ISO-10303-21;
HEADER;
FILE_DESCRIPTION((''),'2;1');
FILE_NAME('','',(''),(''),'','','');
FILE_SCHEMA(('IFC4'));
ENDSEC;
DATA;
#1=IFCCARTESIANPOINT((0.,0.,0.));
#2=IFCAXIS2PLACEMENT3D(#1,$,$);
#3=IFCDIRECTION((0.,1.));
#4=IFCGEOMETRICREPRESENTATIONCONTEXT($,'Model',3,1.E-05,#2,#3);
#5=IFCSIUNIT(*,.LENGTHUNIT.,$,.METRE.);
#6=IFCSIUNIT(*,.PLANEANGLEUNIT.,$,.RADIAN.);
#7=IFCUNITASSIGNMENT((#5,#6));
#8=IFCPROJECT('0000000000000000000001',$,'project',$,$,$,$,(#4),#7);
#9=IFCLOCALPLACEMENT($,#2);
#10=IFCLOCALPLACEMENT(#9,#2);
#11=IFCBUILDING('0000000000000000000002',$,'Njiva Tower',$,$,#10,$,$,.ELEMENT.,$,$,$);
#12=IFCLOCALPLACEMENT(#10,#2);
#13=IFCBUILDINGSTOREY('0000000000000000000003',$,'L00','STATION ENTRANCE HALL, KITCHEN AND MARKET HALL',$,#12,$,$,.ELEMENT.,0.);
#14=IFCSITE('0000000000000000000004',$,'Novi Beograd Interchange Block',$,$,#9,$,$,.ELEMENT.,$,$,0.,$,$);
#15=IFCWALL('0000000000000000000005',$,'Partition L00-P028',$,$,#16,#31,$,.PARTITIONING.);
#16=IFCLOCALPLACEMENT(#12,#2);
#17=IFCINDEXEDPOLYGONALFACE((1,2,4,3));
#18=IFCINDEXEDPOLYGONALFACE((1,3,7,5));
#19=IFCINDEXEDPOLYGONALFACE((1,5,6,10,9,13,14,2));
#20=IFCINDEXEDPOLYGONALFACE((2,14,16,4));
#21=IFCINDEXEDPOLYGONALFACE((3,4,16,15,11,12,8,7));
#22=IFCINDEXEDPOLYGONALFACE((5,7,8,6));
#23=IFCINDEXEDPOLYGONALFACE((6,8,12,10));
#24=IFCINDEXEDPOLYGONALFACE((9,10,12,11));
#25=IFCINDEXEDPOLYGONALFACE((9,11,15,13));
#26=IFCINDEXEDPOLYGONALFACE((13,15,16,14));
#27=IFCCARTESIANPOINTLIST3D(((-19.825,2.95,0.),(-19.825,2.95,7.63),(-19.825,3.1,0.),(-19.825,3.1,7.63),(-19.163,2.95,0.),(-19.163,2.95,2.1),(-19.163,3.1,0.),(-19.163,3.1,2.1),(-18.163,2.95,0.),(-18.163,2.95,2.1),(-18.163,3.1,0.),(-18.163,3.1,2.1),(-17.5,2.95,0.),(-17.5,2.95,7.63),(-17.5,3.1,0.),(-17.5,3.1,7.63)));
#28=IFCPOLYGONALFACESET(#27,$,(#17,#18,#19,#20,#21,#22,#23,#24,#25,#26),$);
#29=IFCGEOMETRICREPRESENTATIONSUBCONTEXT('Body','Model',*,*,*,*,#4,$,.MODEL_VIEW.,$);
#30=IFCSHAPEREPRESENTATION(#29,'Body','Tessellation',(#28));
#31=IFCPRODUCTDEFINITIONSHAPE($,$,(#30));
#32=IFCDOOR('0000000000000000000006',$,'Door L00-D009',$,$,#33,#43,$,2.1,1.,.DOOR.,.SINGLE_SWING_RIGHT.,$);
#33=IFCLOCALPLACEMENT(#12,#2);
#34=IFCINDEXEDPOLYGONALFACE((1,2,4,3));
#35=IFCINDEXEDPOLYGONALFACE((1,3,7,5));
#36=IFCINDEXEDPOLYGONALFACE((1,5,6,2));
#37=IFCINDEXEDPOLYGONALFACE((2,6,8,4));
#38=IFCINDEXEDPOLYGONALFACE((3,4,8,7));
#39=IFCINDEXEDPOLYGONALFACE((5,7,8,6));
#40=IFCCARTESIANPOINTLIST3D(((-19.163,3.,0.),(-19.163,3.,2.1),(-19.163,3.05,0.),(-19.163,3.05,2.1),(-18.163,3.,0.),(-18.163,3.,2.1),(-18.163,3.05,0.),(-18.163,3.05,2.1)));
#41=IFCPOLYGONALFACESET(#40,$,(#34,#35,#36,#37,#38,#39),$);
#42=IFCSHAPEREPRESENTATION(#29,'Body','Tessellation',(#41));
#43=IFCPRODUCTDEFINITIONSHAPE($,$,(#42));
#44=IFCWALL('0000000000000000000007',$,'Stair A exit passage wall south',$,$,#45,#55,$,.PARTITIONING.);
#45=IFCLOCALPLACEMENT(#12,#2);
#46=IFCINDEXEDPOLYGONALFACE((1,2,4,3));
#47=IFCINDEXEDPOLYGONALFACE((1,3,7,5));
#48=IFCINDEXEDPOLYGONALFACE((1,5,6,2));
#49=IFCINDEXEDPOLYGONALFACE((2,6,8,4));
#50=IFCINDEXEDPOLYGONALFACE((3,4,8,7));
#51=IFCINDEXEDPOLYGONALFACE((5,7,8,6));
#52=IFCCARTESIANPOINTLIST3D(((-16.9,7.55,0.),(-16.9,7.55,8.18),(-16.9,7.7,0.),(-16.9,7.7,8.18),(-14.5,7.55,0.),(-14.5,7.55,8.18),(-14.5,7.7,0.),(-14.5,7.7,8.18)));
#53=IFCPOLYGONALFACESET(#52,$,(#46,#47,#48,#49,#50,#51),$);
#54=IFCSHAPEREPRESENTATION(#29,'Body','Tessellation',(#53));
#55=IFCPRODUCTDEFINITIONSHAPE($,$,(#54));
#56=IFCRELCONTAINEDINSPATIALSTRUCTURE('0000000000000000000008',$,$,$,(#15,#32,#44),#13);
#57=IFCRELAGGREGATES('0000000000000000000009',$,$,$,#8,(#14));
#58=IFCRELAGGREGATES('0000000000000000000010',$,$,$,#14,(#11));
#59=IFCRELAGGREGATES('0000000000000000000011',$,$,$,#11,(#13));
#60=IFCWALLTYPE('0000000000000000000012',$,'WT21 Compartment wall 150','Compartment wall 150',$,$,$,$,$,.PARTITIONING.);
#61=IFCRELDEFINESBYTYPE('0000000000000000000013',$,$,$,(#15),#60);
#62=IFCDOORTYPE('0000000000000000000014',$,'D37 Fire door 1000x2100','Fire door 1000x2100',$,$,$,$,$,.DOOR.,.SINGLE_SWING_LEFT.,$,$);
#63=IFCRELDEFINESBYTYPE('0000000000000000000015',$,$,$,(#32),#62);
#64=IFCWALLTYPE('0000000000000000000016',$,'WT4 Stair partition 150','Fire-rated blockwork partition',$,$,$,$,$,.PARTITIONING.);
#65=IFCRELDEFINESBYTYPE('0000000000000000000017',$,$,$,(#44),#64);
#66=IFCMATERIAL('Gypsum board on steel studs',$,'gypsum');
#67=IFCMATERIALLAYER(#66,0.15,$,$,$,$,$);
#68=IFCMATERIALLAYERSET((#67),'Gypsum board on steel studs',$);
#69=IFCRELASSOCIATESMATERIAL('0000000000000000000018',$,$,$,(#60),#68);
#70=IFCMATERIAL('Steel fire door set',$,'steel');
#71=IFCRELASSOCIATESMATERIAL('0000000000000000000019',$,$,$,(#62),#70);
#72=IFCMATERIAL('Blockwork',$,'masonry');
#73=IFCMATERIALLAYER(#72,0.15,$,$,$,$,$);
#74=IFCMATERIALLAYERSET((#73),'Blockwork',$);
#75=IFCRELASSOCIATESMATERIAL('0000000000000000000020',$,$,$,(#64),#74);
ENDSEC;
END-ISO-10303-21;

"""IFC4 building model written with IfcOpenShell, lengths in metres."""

from ifc_helpers import new_model, si_unit, direction, frame, frame_2d, origin, place, context, subcontext, project, spatial, rectangle, extrude, material, layer, layer_set, type_object, element, fill, save


model = new_model("IFC4")

# Units and contexts
model_context = context("Model", 3, precision=1e-05, world=origin(), true_north=direction((0.0, 1.0)))
body_context = subcontext(model_context, "Body", "Model", "MODEL_VIEW")
ifc_project = project(units=[si_unit("LENGTHUNIT", "METRE"), si_unit("PLANEANGLEUNIT", "RADIAN")], contexts=[model_context])

# Site, building, storey
site_placement = place(None, origin())
site = spatial("IfcSite", under=ifc_project, at=site_placement, Name="Novi Beograd Interchange Block", CompositionType="ELEMENT", RefElevation=0.0)
building_placement = place(site_placement, origin())
building = spatial("IfcBuilding", under=site, at=building_placement, Name="Njiva Tower", CompositionType="ELEMENT")
storey_placement = place(building_placement, origin())
storey = spatial("IfcBuildingStorey", under=building, at=storey_placement, Name="L00", Description="STATION ENTRANCE HALL, KITCHEN AND MARKET HALL", CompositionType="ELEMENT", Elevation=0.0)

# Shared definitions
ifc_material_1 = material(Name="Blockwork", Category="masonry")

# Wall, opening, door
ifc_material_2 = material(Name="Gypsum board on steel studs", Category="gypsum")
ifc_layer_1 = layer(ifc_material_2, 0.15)
ifc_layer_set_1 = layer_set([ifc_layer_1], Name="Gypsum board on steel studs")
wall_type_1 = type_object("IfcWallType", Name="WT21 Compartment wall 150", Description="Compartment wall 150", PredefinedType="PARTITIONING", material=ifc_layer_set_1)
ifc_material_3 = material(Name="Steel fire door set", Category="steel")
door_type_1 = type_object("IfcDoorType", Name="D37 Fire door 1000x2100", Description="Fire door 1000x2100", OperationType="SINGLE_SWING_LEFT", PredefinedType="DOOR", material=ifc_material_3)
wall_1_placement = place(storey_placement, frame((-19.825, 3.025, 0.0), z_axis=(0.0, 0.0, 1.0), x_axis=(1.0, 0.0, 0.0)))
wall_1 = element("IfcWall", 1, at=wall_1_placement, inside=storey, type_object=wall_type_1, Name="Partition L00-P028", PredefinedType="PARTITIONING", context=body_context, shape_type="SweptSolid", body=[
    extrude(rectangle(XDim=2.325, YDim=0.15, at=frame_2d((1.1625, 0.0))), origin(), (0.0, 0.0, 1.0), 7.63),
])
opening_1_placement = place(wall_1_placement, frame((0.662, 0.0, 0.0)))
opening_1 = element("IfcOpeningElement", 2, at=opening_1_placement, cuts=wall_1, PredefinedType="OPENING", context=body_context, shape_type="SweptSolid", body=[
    extrude(rectangle(XDim=1.0, YDim=2.1, at=frame_2d((0.5, 1.05))), frame((0.0, 0.085, 0.0), z_axis=(0.0, -1.0, 0.0), x_axis=(1.0, 0.0, 0.0)), (0.0, 0.0, 1.0), 0.17),
])
door_1_placement = place(opening_1_placement, origin())
door_1 = element("IfcDoor", 3, at=door_1_placement, inside=storey, type_object=door_type_1, Name="Door L00-D009", OperationType="SINGLE_SWING_RIGHT", OverallHeight=2.1, OverallWidth=1.0, PredefinedType="DOOR", context=body_context, shape_type="SweptSolid", body=[
    extrude(rectangle(XDim=1.0, YDim=2.1, at=frame_2d((0.5, 1.05))), frame((0.0, 0.025, 0.0), z_axis=(0.0, -1.0, 0.0), x_axis=(1.0, 0.0, 0.0)), (0.0, 0.0, 1.0), 0.05),
])
fill(opening_1, door_1)

# Wall
ifc_layer_2 = layer(ifc_material_1, 0.15)
ifc_layer_set_2 = layer_set([ifc_layer_2], Name="Blockwork")
wall_type_2 = type_object("IfcWallType", Name="WT4 Stair partition 150", Description="Fire-rated blockwork partition", PredefinedType="PARTITIONING", material=ifc_layer_set_2)
wall_2_placement = place(storey_placement, frame((-16.9, 7.625, 0.0), z_axis=(0.0, 0.0, 1.0), x_axis=(1.0, 0.0, 0.0)))
element("IfcWall", 4, at=wall_2_placement, inside=storey, type_object=wall_type_2, Name="Stair A exit passage wall south", PredefinedType="PARTITIONING", context=body_context, shape_type="SweptSolid", body=[
    extrude(rectangle(XDim=2.4, YDim=0.15, at=frame_2d((1.2, 0.0))), origin(), (0.0, 0.0, 1.0), 8.18),
])

save(model, "model.ifc")
